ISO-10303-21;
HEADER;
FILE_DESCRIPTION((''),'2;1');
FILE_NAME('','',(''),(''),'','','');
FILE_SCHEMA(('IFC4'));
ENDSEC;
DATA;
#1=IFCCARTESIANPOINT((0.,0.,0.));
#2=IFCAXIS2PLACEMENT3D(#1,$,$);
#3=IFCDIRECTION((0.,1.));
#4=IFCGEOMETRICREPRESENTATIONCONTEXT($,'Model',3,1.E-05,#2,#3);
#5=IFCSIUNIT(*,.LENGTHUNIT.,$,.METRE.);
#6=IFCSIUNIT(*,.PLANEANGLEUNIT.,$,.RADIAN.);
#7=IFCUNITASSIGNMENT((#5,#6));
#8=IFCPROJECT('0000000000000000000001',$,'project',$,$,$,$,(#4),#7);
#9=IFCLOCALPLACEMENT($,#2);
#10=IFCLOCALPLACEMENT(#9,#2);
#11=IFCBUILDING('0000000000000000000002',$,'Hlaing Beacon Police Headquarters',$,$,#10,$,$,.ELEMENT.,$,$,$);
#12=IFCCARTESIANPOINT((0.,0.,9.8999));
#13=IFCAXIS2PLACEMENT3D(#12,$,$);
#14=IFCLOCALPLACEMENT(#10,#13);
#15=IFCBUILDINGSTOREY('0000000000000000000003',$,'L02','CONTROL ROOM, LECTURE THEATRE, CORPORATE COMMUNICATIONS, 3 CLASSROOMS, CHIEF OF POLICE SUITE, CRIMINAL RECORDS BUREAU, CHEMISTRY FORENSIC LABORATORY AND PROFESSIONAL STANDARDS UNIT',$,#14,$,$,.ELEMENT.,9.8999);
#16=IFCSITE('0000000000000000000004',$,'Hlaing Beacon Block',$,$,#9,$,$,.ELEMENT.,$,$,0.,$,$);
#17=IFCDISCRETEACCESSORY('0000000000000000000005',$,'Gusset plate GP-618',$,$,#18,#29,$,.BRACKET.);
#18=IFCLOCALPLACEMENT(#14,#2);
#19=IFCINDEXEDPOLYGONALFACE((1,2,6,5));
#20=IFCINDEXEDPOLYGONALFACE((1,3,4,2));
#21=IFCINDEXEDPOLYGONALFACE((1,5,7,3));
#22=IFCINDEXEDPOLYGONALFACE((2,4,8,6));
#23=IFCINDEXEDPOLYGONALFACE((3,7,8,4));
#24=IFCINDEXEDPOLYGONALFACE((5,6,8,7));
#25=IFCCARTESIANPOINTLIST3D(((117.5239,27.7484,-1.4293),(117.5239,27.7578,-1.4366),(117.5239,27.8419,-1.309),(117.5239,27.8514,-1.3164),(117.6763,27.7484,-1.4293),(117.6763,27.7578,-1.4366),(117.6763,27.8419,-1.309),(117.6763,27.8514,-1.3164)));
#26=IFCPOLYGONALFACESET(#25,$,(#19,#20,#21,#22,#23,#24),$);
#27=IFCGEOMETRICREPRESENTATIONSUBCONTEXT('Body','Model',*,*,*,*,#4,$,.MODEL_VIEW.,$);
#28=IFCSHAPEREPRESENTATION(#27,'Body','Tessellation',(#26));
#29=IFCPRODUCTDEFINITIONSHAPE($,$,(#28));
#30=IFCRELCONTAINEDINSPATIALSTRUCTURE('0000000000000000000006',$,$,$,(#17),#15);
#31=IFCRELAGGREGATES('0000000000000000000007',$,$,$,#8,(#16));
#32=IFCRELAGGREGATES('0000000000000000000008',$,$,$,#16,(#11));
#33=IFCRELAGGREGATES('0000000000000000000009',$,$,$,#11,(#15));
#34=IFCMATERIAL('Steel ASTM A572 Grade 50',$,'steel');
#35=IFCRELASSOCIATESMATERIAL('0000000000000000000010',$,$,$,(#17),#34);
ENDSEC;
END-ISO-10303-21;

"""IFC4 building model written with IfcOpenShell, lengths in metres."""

from ifc_helpers import new_model, si_unit, direction, frame, origin, origin_2d, place, context, subcontext, project, spatial, rectangle, extrude, material, element, save


model = new_model("IFC4")

# Units and contexts
model_context = context("Model", 3, precision=1e-05, world=origin(), true_north=direction((0.0, 1.0)))
body_context = subcontext(model_context, "Body", "Model", "MODEL_VIEW")
ifc_project = project(units=[si_unit("LENGTHUNIT", "METRE"), si_unit("PLANEANGLEUNIT", "RADIAN")], contexts=[model_context])

# Site, building, storey
site_placement = place(None, origin())
site = spatial("IfcSite", under=ifc_project, at=site_placement, Name="Hlaing Beacon Block", CompositionType="ELEMENT", RefElevation=0.0)
building_placement = place(site_placement, origin())
building = spatial("IfcBuilding", under=site, at=building_placement, Name="Hlaing Beacon Police Headquarters", CompositionType="ELEMENT")
storey_placement = place(building_placement, frame((0.0, 0.0, 9.8999)))
storey = spatial("IfcBuildingStorey", under=building, at=storey_placement, Name="L02", Description="CONTROL ROOM, LECTURE THEATRE, CORPORATE COMMUNICATIONS, 3 CLASSROOMS, CHIEF OF POLICE SUITE, CRIMINAL RECORDS BUREAU, CHEMISTRY FORENSIC LABORATORY AND PROFESSIONAL STANDARDS UNIT", CompositionType="ELEMENT", Elevation=9.8999)

# Discrete accessory
ifc_material_1 = material(Name="Steel ASTM A572 Grade 50", Category="steel")
for number, where, z_axis, x_axis, name in (
    (1, (117.6001, 27.7952, -1.3691), (0.0, 0.789295, -0.614014), (-1.0, 0.0, 0.0), "Gusset plate GP-618"),
):
    element("IfcDiscreteAccessory", number, at=place(storey_placement, frame(where, z_axis=z_axis, x_axis=x_axis)), inside=storey, material=ifc_material_1, Name=name, PredefinedType="BRACKET", context=body_context, shape_type="SweptSolid", body=[
        extrude(rectangle(XDim=0.1523, YDim=0.1523, at=origin_2d()), origin(), (0.0, 0.0, 1.0), 0.012),
    ])

save(model, "model.ifc")
